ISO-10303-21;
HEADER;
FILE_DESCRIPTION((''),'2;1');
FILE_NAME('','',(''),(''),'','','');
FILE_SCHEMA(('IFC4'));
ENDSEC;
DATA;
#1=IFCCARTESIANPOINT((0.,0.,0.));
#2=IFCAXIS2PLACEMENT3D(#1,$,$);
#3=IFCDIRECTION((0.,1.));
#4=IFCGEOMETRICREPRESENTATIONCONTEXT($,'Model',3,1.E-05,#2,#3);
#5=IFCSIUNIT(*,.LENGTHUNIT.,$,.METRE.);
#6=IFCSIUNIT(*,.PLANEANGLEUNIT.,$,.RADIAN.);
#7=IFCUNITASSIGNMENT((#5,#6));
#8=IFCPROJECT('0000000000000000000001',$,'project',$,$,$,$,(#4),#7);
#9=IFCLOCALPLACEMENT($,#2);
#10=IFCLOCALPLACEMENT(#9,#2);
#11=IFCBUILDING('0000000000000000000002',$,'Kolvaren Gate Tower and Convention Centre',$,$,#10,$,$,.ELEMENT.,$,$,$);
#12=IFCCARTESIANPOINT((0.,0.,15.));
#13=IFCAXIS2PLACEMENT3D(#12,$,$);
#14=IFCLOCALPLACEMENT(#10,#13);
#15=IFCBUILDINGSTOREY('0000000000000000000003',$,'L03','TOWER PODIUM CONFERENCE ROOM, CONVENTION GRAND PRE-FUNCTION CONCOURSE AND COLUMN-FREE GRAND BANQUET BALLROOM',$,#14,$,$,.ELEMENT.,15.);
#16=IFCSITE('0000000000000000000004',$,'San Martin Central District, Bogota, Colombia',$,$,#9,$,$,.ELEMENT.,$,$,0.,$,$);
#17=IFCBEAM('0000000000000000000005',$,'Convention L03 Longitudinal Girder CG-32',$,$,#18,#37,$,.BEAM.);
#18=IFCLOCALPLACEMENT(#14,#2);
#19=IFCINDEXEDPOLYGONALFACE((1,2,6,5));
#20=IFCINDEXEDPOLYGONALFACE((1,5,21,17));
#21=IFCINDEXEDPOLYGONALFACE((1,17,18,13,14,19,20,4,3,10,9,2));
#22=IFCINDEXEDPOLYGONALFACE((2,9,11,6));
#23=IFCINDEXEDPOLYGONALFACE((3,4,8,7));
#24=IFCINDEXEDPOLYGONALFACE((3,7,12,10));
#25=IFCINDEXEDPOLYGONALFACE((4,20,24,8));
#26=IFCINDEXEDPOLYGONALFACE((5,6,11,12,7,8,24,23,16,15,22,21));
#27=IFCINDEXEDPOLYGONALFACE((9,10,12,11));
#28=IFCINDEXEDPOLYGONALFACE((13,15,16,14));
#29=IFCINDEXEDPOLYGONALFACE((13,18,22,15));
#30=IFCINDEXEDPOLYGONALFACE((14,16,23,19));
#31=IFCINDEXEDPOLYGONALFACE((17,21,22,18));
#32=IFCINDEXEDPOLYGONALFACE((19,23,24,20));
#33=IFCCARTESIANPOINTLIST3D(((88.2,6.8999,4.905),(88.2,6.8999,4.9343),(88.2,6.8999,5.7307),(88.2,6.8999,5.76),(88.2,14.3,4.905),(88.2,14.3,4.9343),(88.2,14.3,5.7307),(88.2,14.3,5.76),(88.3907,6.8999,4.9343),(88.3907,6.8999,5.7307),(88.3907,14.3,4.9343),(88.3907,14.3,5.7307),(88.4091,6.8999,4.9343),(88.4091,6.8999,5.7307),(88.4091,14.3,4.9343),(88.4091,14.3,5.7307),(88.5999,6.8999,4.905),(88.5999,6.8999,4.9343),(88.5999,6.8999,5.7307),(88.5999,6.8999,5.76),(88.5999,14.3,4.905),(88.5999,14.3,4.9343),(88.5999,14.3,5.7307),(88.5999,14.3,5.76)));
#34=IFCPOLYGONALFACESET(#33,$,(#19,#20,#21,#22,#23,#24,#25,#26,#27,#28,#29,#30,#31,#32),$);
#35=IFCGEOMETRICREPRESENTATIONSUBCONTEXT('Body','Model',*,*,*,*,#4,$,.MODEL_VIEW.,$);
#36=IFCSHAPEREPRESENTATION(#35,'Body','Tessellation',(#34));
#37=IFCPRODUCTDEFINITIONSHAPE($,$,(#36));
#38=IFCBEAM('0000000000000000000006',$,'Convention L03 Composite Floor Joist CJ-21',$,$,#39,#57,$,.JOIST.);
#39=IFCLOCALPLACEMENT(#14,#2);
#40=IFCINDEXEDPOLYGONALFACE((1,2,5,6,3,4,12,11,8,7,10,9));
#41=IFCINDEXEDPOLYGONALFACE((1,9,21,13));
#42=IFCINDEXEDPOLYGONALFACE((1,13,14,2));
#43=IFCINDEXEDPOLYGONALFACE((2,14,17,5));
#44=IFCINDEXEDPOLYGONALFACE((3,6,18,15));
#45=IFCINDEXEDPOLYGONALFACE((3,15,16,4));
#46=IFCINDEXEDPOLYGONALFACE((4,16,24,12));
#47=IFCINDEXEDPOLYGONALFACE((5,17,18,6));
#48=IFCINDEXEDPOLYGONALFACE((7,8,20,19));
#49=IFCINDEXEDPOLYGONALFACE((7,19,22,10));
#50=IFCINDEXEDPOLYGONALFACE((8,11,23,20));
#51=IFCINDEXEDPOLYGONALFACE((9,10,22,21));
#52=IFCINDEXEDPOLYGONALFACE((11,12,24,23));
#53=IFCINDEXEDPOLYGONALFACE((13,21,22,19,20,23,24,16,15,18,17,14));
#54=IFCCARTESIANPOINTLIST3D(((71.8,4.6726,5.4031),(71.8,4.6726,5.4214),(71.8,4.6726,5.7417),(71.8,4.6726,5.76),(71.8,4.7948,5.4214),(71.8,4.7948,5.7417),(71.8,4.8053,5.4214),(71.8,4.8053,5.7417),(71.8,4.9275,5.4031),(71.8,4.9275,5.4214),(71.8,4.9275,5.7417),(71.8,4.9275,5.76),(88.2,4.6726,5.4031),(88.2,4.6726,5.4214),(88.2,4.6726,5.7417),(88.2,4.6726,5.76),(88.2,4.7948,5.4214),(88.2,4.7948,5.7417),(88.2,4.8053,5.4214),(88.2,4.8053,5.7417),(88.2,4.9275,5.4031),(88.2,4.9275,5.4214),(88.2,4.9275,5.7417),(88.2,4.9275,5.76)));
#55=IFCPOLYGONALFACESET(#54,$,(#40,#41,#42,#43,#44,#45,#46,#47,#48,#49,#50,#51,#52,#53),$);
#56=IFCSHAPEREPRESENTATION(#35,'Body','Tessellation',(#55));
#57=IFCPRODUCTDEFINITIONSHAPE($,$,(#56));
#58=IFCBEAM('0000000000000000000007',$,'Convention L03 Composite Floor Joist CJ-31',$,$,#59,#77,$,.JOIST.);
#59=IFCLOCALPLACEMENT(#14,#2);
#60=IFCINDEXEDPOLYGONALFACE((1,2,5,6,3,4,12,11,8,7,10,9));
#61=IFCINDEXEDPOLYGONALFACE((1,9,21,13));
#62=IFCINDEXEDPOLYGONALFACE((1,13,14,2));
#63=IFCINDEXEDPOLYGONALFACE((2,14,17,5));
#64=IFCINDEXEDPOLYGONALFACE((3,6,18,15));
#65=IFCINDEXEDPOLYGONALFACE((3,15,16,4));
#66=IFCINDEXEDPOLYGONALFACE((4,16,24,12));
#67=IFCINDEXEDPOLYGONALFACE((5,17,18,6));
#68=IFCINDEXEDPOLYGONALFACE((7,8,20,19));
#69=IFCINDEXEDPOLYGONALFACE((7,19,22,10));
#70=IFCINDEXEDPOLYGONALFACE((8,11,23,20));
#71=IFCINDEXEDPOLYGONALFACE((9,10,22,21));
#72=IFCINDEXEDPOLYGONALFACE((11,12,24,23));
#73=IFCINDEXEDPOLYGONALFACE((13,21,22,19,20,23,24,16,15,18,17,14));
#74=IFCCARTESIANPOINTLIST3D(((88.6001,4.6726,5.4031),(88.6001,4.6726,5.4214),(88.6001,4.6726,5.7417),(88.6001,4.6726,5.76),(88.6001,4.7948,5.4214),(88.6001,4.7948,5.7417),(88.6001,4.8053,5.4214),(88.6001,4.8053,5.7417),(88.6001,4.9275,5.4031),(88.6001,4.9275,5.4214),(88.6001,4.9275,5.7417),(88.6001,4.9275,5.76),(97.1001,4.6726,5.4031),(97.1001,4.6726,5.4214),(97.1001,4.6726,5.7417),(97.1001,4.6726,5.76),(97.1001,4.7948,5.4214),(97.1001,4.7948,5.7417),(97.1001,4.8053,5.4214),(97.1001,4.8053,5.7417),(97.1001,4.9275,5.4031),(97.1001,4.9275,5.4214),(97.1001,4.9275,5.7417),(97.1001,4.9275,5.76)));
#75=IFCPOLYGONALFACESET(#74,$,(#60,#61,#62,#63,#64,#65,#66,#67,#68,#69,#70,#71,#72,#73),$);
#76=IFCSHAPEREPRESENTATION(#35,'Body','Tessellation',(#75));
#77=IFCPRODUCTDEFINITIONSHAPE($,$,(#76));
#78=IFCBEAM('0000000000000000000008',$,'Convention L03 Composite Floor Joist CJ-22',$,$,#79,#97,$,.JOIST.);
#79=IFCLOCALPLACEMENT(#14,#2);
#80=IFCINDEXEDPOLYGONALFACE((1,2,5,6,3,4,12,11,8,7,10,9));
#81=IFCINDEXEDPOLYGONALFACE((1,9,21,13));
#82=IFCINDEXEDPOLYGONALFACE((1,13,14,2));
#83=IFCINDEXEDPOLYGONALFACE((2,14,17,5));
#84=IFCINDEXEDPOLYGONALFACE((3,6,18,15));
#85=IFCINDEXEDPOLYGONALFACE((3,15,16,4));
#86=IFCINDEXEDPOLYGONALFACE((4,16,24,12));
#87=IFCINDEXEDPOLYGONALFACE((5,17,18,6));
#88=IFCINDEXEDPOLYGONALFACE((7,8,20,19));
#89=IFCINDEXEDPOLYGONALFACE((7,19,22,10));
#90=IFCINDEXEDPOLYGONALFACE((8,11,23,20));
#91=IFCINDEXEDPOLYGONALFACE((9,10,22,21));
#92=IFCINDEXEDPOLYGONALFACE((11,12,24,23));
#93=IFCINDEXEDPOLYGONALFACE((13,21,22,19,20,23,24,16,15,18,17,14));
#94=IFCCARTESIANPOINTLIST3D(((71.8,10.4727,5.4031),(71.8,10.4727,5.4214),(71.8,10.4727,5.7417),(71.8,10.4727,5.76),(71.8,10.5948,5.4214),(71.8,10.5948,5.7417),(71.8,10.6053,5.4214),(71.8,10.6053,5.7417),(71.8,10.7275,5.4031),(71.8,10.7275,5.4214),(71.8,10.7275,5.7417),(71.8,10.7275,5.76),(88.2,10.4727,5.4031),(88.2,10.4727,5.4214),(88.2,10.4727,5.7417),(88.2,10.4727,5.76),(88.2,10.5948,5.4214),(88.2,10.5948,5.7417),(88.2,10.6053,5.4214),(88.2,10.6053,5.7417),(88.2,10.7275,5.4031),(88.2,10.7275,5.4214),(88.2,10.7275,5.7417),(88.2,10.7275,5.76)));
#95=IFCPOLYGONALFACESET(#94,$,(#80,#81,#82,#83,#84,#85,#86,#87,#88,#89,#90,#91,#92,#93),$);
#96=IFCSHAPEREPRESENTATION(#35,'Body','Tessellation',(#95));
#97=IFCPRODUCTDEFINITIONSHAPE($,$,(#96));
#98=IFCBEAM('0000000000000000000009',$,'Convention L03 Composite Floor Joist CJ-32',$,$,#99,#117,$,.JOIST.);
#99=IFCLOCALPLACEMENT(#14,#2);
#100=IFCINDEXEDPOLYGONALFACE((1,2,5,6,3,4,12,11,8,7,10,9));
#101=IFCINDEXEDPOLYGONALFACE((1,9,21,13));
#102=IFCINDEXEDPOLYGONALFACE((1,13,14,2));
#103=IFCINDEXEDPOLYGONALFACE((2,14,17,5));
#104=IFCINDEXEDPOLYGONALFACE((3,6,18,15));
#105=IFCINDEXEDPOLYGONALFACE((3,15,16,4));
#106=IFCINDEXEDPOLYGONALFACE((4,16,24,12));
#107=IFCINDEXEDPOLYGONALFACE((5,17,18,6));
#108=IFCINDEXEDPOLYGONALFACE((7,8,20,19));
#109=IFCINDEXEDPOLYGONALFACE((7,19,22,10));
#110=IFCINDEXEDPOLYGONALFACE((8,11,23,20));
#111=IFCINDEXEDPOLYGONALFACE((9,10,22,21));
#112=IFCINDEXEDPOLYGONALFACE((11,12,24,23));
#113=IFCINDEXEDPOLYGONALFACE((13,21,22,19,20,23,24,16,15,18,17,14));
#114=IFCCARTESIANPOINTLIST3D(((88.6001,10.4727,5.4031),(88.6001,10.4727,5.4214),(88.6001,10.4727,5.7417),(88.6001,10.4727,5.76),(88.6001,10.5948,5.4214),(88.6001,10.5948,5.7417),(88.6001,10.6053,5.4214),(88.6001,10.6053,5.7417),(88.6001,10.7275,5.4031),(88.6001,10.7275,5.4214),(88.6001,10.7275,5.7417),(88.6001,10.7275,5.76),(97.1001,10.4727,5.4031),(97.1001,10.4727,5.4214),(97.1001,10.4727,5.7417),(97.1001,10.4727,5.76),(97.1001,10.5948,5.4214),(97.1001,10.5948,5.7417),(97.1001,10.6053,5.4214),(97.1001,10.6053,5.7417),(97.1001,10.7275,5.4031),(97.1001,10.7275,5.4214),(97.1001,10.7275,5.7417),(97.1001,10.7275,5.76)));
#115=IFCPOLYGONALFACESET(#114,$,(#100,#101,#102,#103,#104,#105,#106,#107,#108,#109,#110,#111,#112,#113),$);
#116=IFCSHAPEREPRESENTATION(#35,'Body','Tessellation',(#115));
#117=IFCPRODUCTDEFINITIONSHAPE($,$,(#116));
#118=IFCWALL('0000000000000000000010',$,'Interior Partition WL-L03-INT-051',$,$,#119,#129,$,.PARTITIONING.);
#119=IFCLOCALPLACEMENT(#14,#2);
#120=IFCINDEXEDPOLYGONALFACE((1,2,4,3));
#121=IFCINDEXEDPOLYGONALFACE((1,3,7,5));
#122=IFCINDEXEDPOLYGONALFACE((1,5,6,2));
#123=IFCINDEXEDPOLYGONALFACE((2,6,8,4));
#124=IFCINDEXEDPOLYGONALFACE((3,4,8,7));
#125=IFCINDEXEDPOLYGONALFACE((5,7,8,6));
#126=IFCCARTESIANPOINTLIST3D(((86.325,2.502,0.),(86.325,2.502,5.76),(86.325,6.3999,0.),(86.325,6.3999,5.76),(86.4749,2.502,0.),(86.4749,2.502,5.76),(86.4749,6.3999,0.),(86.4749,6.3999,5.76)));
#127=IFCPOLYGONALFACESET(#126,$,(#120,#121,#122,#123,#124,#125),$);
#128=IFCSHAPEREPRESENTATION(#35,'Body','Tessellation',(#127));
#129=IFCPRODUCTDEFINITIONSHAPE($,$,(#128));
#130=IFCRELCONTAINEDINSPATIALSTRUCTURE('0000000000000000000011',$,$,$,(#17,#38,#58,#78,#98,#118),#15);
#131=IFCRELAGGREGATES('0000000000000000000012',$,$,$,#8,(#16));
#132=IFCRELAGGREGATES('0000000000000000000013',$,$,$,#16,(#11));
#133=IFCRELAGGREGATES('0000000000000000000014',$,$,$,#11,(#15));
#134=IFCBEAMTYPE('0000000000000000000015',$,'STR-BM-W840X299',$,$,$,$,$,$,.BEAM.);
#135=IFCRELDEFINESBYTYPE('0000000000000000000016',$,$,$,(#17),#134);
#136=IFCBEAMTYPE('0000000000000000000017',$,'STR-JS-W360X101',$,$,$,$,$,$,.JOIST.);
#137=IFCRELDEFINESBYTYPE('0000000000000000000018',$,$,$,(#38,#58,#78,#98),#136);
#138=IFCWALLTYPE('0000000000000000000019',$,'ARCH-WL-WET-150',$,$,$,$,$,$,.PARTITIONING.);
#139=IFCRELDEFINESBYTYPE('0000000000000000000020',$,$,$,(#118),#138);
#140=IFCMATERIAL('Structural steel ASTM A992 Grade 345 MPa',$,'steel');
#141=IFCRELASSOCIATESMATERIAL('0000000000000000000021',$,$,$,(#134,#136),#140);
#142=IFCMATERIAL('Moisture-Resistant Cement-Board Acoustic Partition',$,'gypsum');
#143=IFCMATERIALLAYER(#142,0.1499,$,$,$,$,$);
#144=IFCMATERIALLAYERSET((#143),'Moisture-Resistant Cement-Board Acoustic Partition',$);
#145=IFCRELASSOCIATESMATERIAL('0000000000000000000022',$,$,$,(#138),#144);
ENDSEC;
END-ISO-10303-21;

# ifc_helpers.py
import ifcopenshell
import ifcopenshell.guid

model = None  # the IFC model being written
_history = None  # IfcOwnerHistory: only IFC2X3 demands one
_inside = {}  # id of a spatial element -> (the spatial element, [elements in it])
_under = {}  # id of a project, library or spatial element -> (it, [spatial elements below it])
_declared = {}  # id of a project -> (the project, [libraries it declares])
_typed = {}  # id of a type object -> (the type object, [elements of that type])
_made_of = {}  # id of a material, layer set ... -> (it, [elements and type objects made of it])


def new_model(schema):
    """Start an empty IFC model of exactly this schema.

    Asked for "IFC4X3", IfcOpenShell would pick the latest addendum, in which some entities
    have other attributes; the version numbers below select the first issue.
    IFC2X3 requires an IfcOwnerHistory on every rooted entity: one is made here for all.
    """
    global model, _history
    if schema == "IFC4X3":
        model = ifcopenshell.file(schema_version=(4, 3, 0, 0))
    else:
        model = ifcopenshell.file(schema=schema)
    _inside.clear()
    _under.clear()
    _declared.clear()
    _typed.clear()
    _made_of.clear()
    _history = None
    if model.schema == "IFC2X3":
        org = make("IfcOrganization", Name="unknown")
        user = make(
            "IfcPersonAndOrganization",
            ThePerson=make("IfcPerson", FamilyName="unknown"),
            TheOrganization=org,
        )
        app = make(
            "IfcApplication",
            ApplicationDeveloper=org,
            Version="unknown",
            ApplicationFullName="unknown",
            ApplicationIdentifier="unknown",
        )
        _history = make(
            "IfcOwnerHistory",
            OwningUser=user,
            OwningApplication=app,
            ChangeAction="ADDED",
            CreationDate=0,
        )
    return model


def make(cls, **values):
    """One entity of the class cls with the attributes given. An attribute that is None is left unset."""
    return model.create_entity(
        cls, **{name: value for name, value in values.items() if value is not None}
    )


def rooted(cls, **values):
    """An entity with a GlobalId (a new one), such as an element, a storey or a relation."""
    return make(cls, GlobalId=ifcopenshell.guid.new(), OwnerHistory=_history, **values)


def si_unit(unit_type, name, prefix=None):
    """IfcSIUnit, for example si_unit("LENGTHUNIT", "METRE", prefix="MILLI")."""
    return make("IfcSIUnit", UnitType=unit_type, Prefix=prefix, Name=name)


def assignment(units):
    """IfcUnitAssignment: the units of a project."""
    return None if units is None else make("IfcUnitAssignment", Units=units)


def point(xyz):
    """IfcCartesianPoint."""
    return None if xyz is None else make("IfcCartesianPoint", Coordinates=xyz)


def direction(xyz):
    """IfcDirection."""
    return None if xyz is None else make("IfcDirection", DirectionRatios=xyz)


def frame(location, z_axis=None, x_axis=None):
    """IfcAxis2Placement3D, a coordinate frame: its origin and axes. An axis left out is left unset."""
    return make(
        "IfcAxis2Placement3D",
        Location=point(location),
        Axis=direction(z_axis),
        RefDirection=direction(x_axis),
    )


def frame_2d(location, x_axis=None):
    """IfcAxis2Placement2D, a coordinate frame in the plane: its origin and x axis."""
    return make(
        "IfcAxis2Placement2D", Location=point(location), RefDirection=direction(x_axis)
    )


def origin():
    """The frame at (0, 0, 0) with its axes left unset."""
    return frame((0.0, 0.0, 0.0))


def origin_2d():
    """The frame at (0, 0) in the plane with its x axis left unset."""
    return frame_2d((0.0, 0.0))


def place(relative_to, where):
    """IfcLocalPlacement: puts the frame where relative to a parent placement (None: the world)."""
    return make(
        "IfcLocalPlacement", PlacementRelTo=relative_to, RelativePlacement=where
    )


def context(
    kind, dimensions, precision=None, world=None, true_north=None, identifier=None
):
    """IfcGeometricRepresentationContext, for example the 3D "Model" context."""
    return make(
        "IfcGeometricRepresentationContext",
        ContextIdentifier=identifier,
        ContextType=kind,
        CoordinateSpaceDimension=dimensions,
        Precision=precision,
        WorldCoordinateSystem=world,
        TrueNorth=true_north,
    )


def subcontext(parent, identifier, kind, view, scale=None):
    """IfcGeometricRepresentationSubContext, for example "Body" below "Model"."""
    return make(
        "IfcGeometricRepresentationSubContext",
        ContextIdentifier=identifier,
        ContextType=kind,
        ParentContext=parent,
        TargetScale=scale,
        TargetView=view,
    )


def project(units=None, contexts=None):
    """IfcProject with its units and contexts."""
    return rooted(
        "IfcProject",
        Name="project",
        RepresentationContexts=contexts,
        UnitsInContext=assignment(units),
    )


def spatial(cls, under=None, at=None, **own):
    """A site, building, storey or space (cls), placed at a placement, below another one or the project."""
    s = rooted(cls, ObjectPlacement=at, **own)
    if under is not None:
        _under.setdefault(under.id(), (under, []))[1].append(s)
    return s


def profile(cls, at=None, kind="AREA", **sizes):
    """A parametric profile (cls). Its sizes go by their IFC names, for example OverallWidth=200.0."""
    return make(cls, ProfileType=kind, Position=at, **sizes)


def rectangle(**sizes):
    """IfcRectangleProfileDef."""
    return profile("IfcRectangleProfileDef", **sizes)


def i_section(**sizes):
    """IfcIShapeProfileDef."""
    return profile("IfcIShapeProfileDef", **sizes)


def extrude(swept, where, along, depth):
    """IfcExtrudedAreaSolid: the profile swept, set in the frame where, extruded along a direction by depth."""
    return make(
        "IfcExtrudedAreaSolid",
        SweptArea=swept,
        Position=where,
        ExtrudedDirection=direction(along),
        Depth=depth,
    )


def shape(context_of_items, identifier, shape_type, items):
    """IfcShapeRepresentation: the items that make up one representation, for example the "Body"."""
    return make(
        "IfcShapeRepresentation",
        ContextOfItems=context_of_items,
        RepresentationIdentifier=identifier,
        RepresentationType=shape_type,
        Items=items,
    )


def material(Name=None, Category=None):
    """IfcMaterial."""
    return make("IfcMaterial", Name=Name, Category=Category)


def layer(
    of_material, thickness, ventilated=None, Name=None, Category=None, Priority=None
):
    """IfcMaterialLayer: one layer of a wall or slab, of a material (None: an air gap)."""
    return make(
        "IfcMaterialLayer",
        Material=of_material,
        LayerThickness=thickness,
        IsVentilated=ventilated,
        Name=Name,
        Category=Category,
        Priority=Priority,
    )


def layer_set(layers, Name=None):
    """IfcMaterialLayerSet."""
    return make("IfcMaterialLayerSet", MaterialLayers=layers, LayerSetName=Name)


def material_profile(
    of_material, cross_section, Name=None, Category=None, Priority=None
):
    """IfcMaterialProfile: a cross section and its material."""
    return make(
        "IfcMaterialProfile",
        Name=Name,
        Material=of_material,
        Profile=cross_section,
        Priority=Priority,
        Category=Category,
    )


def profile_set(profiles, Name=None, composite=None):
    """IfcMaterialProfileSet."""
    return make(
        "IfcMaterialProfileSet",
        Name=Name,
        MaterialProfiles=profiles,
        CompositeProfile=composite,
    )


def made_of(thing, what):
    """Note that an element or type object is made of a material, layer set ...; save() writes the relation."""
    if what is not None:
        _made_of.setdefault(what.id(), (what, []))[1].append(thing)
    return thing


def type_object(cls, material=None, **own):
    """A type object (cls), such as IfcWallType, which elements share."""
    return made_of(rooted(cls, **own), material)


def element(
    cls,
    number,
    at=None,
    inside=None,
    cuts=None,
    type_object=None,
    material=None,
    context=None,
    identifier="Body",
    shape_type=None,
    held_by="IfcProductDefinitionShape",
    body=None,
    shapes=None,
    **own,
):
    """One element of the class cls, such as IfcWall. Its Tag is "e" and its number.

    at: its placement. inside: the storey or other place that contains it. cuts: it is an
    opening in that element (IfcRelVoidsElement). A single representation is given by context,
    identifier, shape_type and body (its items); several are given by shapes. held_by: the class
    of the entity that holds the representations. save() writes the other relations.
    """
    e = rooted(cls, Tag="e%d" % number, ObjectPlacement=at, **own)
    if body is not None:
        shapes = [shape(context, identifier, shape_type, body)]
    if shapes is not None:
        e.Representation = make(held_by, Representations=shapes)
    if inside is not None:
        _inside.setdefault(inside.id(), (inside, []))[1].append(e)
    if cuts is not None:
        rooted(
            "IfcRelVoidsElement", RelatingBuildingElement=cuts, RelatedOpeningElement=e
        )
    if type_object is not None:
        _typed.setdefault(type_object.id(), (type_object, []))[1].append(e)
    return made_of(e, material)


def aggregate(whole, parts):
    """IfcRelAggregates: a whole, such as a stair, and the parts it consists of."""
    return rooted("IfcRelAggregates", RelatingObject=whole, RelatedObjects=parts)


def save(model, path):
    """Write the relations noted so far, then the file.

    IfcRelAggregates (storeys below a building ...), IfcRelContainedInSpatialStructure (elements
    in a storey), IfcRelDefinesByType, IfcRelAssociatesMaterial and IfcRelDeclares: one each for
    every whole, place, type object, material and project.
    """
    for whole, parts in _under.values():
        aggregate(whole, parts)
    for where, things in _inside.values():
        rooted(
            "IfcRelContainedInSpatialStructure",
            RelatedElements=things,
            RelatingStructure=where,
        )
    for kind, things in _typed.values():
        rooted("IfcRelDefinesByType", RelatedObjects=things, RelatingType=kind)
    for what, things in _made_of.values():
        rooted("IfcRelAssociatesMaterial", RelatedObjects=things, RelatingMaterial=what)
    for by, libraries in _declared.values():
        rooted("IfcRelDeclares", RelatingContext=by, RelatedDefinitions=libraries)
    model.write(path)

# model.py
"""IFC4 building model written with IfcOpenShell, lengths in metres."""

from ifc_helpers import new_model, si_unit, direction, frame, frame_2d, origin, origin_2d, place, context, subcontext, project, spatial, rectangle, i_section, extrude, material, layer, layer_set, material_profile, profile_set, type_object, element, save


model = new_model("IFC4")

# Units and contexts
model_context = context("Model", 3, precision=1e-05, world=origin(), true_north=direction((0.0, 1.0)))
body_context = subcontext(model_context, "Body", "Model", "MODEL_VIEW")
ifc_project = project(units=[si_unit("LENGTHUNIT", "METRE"), si_unit("PLANEANGLEUNIT", "RADIAN")], contexts=[model_context])

# Site, building, storey
site_placement = place(None, origin())
site = spatial("IfcSite", under=ifc_project, at=site_placement, Name="San Martin Central District, Bogota, Colombia", CompositionType="ELEMENT", RefElevation=0.0)
building_placement = place(site_placement, origin())
building = spatial("IfcBuilding", under=site, at=building_placement, Name="Kolvaren Gate Tower and Convention Centre", CompositionType="ELEMENT")
storey_placement = place(building_placement, frame((0.0, 0.0, 15.0)))
storey = spatial("IfcBuildingStorey", under=building, at=storey_placement, Name="L03", Description="TOWER PODIUM CONFERENCE ROOM, CONVENTION GRAND PRE-FUNCTION CONCOURSE AND COLUMN-FREE GRAND BANQUET BALLROOM", CompositionType="ELEMENT", Elevation=15.0)

# Shared definitions
ifc_material_1 = material(Name="Structural steel ASTM A992 Grade 345 MPa", Category="steel")

# Beams
ifc_material_profile_1 = material_profile(ifc_material_1, i_section(OverallWidth=0.3999, OverallDepth=0.855, WebThickness=0.0183, FlangeThickness=0.0293, at=origin_2d()), Name="W840X299")
ifc_profile_set_1 = profile_set([ifc_material_profile_1], Name="Structural steel ASTM A992 Grade 345 MPa")
beam_type_1 = type_object("IfcBeamType", Name="STR-BM-W840X299", PredefinedType="BEAM", material=ifc_profile_set_1)
beam_1_placement = place(storey_placement, frame((88.3999, 6.8999, 5.3325), z_axis=(0.0, 1.0, 0.0), x_axis=(-1.0, 0.0, 0.0)))
element("IfcBeam", 1, at=beam_1_placement, inside=storey, type_object=beam_type_1, Name="Convention L03 Longitudinal Girder CG-32", PredefinedType="BEAM", context=body_context, shape_type="SweptSolid", body=[
    extrude(i_section(OverallWidth=0.3999, OverallDepth=0.855, WebThickness=0.0183, FlangeThickness=0.0293, at=origin_2d()), origin(), (0.0, 0.0, 1.0), 7.4001),
])
ifc_material_profile_2 = material_profile(ifc_material_1, i_section(OverallWidth=0.2549, OverallDepth=0.3569, WebThickness=0.0105, FlangeThickness=0.0183, at=origin_2d()), Name="W360X101")
ifc_profile_set_2 = profile_set([ifc_material_profile_2], Name="Structural steel ASTM A992 Grade 345 MPa")
beam_type_2 = type_object("IfcBeamType", Name="STR-JS-W360X101", PredefinedType="JOIST", material=ifc_profile_set_2)
beam_2_placement = place(storey_placement, frame((71.8, 4.8, 5.5815), z_axis=(1.0, 0.0, 0.0), x_axis=(0.0, 1.0, 0.0)))
element("IfcBeam", 2, at=beam_2_placement, inside=storey, type_object=beam_type_2, Name="Convention L03 Composite Floor Joist CJ-21", PredefinedType="JOIST", context=body_context, shape_type="SweptSolid", body=[
    extrude(i_section(OverallWidth=0.2549, OverallDepth=0.3569, WebThickness=0.0105, FlangeThickness=0.0183, at=origin_2d()), origin(), (0.0, 0.0, 1.0), 16.3999),
])
beam_3_placement = place(storey_placement, frame((88.6001, 4.8, 5.5815), z_axis=(1.0, 0.0, 0.0), x_axis=(0.0, 1.0, 0.0)))
element("IfcBeam", 3, at=beam_3_placement, inside=storey, type_object=beam_type_2, Name="Convention L03 Composite Floor Joist CJ-31", PredefinedType="JOIST", context=body_context, shape_type="SweptSolid", body=[
    extrude(i_section(OverallWidth=0.2549, OverallDepth=0.3569, WebThickness=0.0105, FlangeThickness=0.0183, at=origin_2d()), origin(), (0.0, 0.0, 1.0), 8.5),
])
beam_4_placement = place(storey_placement, frame((71.8, 10.6001, 5.5815), z_axis=(1.0, 0.0, 0.0), x_axis=(0.0, 1.0, 0.0)))
element("IfcBeam", 4, at=beam_4_placement, inside=storey, type_object=beam_type_2, Name="Convention L03 Composite Floor Joist CJ-22", PredefinedType="JOIST", context=body_context, shape_type="SweptSolid", body=[
    extrude(i_section(OverallWidth=0.2549, OverallDepth=0.3569, WebThickness=0.0105, FlangeThickness=0.0183, at=origin_2d()), origin(), (0.0, 0.0, 1.0), 16.3999),
])
beam_5_placement = place(storey_placement, frame((88.6001, 10.6001, 5.5815), z_axis=(1.0, 0.0, 0.0), x_axis=(0.0, 1.0, 0.0)))
element("IfcBeam", 5, at=beam_5_placement, inside=storey, type_object=beam_type_2, Name="Convention L03 Composite Floor Joist CJ-32", PredefinedType="JOIST", context=body_context, shape_type="SweptSolid", body=[
    extrude(i_section(OverallWidth=0.2549, OverallDepth=0.3569, WebThickness=0.0105, FlangeThickness=0.0183, at=origin_2d()), origin(), (0.0, 0.0, 1.0), 8.5),
])

# Wall
ifc_material_2 = material(Name="Moisture-Resistant Cement-Board Acoustic Partition", Category="gypsum")
ifc_layer = layer(ifc_material_2, 0.1499)
ifc_layer_set = layer_set([ifc_layer], Name="Moisture-Resistant Cement-Board Acoustic Partition")
wall_type = type_object("IfcWallType", Name="ARCH-WL-WET-150", PredefinedType="PARTITIONING", material=ifc_layer_set)
wall_1_placement = place(storey_placement, frame((86.3999, 2.502, 0.0), z_axis=(0.0, 0.0, 1.0), x_axis=(0.0, 1.0, 0.0)))
element("IfcWall", 6, at=wall_1_placement, inside=storey, type_object=wall_type, Name="Interior Partition WL-L03-INT-051", PredefinedType="PARTITIONING", context=body_context, shape_type="SweptSolid", body=[
    extrude(rectangle(XDim=3.8979, YDim=0.1499, at=frame_2d((1.949, 0.0))), origin(), (0.0, 0.0, 1.0), 5.76),
])

save(model, "model.ifc")
